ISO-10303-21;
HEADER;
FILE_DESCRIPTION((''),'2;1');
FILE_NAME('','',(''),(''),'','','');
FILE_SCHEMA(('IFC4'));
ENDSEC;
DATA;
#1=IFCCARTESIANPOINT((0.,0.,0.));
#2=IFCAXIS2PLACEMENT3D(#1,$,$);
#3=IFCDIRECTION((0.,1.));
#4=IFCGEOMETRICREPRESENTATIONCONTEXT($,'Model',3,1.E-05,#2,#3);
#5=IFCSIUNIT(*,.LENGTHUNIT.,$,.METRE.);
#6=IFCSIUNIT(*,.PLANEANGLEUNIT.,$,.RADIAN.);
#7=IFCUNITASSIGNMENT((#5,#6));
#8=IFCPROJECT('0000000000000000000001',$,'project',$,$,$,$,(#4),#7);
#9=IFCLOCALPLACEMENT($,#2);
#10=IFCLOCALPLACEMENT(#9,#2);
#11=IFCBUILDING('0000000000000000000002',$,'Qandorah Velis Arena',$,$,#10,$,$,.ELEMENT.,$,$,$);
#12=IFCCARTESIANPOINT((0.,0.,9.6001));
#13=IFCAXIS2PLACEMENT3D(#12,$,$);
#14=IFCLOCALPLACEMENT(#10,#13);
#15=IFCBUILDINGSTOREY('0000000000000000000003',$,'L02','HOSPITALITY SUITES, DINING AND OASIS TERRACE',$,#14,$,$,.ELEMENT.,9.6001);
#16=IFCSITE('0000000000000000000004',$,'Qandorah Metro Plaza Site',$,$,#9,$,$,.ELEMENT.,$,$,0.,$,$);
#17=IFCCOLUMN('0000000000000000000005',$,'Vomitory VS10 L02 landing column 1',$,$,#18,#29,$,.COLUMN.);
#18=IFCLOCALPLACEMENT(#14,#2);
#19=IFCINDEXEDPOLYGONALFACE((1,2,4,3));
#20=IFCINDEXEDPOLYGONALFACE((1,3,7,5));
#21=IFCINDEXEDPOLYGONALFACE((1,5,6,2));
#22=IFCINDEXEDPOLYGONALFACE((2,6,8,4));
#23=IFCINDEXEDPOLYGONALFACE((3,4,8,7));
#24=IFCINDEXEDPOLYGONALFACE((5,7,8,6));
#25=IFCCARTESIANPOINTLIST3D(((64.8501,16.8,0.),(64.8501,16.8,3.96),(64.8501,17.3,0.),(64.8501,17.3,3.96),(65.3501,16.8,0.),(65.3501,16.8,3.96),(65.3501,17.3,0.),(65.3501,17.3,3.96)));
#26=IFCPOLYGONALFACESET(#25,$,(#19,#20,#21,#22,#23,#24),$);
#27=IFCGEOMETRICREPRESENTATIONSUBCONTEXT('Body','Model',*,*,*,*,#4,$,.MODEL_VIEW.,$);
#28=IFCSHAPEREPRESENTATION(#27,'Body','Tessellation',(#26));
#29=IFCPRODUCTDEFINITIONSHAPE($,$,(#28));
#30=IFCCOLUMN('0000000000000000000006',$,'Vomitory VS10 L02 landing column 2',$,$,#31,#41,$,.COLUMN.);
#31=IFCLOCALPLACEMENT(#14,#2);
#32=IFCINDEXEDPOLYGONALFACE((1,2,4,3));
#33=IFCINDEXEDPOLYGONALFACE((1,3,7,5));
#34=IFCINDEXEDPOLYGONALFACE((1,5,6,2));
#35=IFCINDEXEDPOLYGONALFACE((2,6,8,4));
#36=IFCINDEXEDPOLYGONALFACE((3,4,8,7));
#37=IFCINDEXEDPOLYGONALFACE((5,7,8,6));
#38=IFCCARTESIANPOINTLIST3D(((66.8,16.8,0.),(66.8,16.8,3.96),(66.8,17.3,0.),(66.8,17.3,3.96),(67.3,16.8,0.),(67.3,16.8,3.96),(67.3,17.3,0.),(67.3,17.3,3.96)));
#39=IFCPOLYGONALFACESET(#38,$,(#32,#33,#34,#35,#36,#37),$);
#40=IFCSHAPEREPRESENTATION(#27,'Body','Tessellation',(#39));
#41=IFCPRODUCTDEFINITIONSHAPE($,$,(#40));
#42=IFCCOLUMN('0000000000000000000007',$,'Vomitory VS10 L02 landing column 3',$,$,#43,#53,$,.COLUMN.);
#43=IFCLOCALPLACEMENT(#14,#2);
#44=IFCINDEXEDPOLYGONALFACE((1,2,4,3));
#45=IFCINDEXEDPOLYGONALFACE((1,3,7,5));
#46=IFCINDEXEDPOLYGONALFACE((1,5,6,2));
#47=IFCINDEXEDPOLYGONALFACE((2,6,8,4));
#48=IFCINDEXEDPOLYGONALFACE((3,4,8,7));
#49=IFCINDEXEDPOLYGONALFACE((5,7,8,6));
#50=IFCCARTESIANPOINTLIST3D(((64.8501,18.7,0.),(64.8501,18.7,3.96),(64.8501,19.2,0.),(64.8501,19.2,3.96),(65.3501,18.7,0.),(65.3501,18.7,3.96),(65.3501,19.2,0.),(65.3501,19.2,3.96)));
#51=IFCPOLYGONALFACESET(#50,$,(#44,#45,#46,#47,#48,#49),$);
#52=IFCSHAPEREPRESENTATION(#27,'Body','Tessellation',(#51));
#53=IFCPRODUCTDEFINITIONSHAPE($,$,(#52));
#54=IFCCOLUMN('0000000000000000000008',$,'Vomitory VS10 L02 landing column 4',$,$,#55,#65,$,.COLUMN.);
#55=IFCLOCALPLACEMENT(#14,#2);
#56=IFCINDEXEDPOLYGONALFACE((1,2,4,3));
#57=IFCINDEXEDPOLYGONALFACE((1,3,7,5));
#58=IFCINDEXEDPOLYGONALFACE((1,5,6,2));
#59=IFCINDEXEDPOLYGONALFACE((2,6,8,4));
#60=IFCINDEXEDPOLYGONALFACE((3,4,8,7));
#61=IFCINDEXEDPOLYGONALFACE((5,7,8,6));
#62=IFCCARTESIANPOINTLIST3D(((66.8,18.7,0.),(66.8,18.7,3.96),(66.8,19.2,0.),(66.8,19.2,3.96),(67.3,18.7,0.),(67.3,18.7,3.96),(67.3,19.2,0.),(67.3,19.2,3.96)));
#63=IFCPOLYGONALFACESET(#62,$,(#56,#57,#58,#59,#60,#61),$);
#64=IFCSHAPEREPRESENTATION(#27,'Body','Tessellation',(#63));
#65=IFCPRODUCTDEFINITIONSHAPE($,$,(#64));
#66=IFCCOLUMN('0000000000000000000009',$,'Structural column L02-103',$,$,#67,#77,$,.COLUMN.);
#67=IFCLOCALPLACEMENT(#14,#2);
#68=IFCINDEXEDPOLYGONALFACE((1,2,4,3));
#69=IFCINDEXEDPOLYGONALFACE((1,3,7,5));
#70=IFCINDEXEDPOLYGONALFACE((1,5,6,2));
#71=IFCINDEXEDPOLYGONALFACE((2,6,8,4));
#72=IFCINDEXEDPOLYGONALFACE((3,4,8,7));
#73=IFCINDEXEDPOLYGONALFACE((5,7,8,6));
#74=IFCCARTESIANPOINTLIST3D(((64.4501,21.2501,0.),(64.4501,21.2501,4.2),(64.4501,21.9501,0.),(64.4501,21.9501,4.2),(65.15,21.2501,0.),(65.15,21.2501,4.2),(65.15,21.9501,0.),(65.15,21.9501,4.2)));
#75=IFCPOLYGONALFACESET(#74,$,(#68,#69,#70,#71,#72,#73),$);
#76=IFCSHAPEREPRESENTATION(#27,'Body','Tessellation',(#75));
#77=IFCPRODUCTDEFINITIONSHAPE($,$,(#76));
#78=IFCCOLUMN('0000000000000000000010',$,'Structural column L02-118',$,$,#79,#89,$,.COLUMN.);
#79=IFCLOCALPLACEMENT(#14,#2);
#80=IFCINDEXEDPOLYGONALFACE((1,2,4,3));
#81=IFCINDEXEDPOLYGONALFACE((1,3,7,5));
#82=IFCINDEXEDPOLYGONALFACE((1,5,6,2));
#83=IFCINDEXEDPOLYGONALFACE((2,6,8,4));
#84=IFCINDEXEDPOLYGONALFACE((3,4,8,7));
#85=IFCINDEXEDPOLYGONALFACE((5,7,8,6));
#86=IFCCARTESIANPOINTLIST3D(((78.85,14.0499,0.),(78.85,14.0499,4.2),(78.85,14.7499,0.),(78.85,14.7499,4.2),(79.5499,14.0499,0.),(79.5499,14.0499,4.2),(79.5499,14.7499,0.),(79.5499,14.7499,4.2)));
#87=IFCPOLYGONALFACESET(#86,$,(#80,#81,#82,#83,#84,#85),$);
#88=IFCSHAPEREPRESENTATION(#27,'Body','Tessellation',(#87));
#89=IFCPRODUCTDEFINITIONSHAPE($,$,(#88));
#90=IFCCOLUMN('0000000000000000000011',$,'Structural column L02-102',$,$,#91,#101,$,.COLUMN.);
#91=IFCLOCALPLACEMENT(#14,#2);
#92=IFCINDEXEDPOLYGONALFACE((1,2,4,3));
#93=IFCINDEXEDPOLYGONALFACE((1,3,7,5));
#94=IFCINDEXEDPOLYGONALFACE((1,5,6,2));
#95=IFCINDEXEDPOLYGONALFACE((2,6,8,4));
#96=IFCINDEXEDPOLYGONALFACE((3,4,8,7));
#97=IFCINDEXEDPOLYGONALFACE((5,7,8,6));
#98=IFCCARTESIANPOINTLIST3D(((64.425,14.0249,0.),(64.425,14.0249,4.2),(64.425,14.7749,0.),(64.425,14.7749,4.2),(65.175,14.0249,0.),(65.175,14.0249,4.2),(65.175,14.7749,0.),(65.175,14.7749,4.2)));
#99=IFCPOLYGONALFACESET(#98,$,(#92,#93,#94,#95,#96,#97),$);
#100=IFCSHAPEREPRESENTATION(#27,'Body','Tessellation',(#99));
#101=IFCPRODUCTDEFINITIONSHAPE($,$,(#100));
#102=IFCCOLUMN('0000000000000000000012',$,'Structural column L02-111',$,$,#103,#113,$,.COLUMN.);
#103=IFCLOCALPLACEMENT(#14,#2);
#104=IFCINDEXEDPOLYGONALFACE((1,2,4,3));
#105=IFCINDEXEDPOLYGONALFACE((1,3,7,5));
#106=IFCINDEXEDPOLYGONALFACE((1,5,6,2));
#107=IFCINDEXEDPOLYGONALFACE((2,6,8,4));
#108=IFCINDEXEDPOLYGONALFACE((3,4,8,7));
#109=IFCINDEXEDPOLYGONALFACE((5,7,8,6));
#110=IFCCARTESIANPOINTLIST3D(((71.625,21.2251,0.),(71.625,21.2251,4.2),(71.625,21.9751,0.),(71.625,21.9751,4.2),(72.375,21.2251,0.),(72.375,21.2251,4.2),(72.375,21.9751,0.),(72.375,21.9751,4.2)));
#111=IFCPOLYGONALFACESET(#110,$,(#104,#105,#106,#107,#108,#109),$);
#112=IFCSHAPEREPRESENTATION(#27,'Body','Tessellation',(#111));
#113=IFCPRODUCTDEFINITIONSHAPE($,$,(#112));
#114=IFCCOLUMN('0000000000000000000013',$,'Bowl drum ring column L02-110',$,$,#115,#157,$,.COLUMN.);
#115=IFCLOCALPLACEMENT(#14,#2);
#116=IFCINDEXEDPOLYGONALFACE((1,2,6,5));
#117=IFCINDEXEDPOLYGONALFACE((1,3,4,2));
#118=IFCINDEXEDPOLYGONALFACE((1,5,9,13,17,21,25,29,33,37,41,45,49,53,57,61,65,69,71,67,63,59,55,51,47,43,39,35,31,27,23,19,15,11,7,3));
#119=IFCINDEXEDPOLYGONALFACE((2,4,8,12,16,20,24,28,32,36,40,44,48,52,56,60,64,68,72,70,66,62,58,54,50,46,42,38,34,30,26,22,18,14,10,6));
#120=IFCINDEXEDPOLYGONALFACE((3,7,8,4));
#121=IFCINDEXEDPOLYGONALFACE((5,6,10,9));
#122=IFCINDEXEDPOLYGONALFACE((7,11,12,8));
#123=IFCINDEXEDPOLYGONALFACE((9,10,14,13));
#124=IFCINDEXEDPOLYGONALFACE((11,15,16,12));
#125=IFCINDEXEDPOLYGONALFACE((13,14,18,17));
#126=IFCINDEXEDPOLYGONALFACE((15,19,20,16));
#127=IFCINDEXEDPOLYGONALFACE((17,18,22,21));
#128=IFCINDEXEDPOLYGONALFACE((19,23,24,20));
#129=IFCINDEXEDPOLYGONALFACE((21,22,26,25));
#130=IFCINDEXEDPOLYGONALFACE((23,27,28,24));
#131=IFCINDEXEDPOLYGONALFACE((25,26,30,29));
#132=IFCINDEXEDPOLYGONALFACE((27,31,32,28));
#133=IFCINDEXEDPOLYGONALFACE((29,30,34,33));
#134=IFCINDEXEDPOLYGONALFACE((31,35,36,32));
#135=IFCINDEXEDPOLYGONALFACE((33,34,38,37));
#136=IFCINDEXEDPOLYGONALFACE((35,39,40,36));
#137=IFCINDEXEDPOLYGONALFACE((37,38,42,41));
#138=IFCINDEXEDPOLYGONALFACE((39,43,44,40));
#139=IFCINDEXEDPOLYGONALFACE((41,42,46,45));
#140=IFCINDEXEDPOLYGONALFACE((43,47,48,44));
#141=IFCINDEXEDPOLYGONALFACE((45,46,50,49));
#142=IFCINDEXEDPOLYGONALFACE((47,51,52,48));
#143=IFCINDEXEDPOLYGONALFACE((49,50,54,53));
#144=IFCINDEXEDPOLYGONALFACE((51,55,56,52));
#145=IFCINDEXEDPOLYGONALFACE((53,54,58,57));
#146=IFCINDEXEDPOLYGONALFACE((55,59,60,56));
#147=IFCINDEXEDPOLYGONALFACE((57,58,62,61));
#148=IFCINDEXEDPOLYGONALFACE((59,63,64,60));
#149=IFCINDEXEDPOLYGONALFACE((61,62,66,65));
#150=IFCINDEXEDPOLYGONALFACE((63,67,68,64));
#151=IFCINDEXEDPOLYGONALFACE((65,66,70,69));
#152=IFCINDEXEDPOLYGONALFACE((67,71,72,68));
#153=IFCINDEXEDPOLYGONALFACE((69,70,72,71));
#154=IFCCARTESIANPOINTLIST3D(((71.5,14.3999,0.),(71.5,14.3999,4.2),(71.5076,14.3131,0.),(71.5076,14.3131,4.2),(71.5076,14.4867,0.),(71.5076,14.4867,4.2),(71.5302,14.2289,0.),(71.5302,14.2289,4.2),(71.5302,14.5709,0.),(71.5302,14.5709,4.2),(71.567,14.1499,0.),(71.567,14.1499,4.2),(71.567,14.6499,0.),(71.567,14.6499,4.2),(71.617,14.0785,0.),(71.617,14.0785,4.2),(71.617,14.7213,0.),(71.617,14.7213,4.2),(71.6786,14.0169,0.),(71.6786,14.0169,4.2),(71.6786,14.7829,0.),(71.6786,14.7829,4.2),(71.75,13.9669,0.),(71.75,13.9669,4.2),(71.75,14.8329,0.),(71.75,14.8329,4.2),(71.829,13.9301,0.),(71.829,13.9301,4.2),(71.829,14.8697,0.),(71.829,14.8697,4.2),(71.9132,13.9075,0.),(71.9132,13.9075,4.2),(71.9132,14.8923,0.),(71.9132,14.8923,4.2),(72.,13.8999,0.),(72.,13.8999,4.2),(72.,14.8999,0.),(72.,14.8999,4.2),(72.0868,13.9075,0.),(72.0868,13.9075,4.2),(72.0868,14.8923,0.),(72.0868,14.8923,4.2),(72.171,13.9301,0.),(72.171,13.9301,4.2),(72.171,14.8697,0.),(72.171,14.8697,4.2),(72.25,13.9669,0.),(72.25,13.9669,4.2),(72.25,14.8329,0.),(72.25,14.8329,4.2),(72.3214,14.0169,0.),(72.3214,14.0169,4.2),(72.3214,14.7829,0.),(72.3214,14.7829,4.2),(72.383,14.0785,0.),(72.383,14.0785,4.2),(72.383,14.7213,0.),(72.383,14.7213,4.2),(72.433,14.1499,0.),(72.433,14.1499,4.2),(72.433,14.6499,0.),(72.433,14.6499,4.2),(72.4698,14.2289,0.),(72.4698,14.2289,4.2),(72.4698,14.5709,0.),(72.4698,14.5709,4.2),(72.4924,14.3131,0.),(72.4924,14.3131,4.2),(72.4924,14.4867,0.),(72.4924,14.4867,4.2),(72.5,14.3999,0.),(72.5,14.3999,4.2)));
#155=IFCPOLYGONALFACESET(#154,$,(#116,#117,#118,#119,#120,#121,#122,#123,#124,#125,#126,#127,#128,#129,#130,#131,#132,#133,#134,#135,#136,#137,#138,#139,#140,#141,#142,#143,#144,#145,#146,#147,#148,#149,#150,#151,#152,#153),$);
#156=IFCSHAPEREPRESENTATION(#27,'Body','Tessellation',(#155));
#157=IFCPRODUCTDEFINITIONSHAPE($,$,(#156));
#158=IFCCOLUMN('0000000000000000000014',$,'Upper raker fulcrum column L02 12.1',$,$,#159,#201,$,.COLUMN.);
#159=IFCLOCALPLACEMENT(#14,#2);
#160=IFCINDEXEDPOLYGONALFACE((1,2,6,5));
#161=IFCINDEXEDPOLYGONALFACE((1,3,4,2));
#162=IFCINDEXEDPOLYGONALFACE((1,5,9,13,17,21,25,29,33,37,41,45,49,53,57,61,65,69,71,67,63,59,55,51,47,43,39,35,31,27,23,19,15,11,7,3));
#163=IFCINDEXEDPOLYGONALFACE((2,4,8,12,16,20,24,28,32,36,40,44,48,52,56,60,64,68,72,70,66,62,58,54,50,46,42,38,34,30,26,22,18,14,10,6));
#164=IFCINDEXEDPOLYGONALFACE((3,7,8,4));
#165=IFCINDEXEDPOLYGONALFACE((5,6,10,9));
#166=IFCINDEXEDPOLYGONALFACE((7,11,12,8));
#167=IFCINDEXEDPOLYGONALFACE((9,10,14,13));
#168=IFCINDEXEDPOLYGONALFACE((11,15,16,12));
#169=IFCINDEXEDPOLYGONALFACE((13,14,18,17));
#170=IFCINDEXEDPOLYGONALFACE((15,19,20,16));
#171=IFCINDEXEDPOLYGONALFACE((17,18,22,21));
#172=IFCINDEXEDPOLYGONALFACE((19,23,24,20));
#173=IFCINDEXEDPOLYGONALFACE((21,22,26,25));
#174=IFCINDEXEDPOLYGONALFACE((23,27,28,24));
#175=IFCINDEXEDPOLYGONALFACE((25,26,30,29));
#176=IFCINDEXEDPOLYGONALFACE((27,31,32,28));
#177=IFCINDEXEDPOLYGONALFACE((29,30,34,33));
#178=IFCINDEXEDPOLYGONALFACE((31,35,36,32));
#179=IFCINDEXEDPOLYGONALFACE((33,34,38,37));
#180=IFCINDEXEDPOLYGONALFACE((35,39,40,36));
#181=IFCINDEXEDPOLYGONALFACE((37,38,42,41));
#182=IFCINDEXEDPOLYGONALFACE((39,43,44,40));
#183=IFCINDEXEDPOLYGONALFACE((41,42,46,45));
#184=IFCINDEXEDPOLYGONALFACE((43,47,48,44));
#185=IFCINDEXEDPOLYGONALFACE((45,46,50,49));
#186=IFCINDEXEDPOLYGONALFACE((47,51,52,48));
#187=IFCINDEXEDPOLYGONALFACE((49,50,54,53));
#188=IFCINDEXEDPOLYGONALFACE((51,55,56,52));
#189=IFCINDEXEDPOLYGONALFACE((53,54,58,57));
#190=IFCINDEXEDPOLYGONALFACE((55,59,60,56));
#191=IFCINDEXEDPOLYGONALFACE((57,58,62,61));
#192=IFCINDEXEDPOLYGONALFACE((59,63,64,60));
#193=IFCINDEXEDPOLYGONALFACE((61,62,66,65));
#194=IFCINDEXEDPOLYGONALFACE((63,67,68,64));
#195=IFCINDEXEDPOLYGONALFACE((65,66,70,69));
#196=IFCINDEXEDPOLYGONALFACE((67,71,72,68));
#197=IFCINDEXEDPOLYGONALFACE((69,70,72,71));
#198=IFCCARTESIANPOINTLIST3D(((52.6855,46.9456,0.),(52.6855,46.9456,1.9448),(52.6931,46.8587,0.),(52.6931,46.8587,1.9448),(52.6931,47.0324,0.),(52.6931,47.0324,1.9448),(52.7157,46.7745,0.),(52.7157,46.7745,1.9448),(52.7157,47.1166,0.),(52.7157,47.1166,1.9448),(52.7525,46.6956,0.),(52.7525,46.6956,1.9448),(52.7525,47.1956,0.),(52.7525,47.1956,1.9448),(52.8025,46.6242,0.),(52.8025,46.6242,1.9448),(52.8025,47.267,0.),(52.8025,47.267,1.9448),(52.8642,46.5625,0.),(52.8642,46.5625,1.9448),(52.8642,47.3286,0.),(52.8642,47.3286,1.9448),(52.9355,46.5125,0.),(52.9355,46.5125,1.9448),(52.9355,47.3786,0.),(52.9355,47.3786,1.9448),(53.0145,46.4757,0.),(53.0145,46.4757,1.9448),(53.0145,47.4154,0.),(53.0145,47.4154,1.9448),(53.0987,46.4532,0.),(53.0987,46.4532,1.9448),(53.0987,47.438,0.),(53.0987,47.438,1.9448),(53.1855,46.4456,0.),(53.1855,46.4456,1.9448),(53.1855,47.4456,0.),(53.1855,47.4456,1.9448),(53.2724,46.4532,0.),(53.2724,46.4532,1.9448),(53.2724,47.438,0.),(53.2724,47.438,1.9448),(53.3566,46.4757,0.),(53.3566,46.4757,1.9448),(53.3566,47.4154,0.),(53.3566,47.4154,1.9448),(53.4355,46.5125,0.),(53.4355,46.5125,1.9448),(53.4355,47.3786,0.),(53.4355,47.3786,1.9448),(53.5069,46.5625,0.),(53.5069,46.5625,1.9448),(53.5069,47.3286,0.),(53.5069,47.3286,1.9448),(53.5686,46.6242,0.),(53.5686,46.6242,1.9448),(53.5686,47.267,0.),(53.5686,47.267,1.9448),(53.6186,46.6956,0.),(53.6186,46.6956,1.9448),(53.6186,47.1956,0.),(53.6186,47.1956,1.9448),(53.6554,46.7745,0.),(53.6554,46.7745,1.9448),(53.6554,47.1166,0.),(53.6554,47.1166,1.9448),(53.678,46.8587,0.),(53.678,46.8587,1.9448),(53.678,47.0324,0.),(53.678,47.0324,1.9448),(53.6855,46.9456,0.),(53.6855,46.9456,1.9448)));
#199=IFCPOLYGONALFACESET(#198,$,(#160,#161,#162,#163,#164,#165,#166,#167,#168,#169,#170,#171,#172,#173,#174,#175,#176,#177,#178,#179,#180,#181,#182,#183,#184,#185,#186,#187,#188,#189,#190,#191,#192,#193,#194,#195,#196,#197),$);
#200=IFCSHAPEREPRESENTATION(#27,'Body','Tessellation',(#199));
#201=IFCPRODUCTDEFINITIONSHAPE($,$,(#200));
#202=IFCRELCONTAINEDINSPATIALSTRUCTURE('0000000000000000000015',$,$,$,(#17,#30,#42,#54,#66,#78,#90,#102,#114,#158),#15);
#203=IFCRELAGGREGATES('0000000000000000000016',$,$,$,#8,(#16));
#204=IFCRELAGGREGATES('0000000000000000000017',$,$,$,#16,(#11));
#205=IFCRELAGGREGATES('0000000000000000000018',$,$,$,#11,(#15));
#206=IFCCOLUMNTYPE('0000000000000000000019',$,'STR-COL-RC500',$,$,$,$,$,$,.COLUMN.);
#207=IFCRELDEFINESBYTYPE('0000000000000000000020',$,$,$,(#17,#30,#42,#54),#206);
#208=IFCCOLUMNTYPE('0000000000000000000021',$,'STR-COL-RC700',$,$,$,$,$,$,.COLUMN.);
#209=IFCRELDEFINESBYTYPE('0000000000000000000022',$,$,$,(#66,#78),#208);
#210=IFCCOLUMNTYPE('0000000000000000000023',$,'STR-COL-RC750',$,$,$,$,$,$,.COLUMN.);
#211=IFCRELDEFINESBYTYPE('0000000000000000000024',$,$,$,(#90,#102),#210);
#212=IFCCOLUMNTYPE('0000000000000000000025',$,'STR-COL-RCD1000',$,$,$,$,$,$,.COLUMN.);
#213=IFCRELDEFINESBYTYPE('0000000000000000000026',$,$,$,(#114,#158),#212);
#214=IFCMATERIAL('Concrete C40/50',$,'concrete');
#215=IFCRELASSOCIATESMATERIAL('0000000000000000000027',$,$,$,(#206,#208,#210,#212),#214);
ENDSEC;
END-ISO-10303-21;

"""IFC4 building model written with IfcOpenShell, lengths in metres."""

from ifc_helpers import new_model, si_unit, direction, frame, origin, origin_2d, place, context, subcontext, project, spatial, rectangle, circle, extrude, material, material_profile, profile_set, type_object, element, save


model = new_model("IFC4")

# Units and contexts
model_context = context("Model", 3, precision=1e-05, world=origin(), true_north=direction((0.0, 1.0)))
body_context = subcontext(model_context, "Body", "Model", "MODEL_VIEW")
ifc_project = project(units=[si_unit("LENGTHUNIT", "METRE"), si_unit("PLANEANGLEUNIT", "RADIAN")], contexts=[model_context])

# Site, building, storey
site_placement = place(None, origin())
site = spatial("IfcSite", under=ifc_project, at=site_placement, Name="Qandorah Metro Plaza Site", CompositionType="ELEMENT", RefElevation=0.0)
building_placement = place(site_placement, origin())
building = spatial("IfcBuilding", under=site, at=building_placement, Name="Qandorah Velis Arena", CompositionType="ELEMENT")
storey_placement = place(building_placement, frame((0.0, 0.0, 9.6001)))
storey = spatial("IfcBuildingStorey", under=building, at=storey_placement, Name="L02", Description="HOSPITALITY SUITES, DINING AND OASIS TERRACE", CompositionType="ELEMENT", Elevation=9.6001)

# Columns
ifc_material_1 = material(Name="Concrete C40/50", Category="concrete")
ifc_material_profile_1 = material_profile(ifc_material_1, rectangle(XDim=0.5, YDim=0.5, at=origin_2d()), Name="RC COL 500x500")
ifc_profile_set_1 = profile_set([ifc_material_profile_1], Name="Concrete C40/50")
column_type_1 = type_object("IfcColumnType", Name="STR-COL-RC500", PredefinedType="COLUMN", material=ifc_profile_set_1)
for number, where, z_axis, x_axis, name in (
    (1, (65.1001, 17.05, 0.0), (0.0, 0.0, 1.0), (1.0, 0.0, 0.0), "Vomitory VS10 L02 landing column 1"),
    (2, (67.05, 17.05, 0.0), (0.0, 0.0, 1.0), (1.0, 0.0, 0.0), "Vomitory VS10 L02 landing column 2"),
    (3, (65.1001, 18.95, 0.0), (0.0, 0.0, 1.0), (1.0, 0.0, 0.0), "Vomitory VS10 L02 landing column 3"),
    (4, (67.05, 18.95, 0.0), (0.0, 0.0, 1.0), (1.0, 0.0, 0.0), "Vomitory VS10 L02 landing column 4"),
):
    element("IfcColumn", number, at=place(storey_placement, frame(where, z_axis=z_axis, x_axis=x_axis)), inside=storey, type_object=column_type_1, Name=name, PredefinedType="COLUMN", context=body_context, shape_type="SweptSolid", body=[
        extrude(rectangle(XDim=0.5, YDim=0.5, at=origin_2d()), origin(), (0.0, 0.0, 1.0), 3.96),
    ])
ifc_material_profile_2 = material_profile(ifc_material_1, rectangle(XDim=0.7, YDim=0.7, at=origin_2d()), Name="RC COL 700x700")
ifc_profile_set_2 = profile_set([ifc_material_profile_2], Name="Concrete C40/50")
column_type_2 = type_object("IfcColumnType", Name="STR-COL-RC700", PredefinedType="COLUMN", material=ifc_profile_set_2)
for number, where, z_axis, x_axis, name in (
    (5, (64.8, 21.6001, 0.0), (0.0, 0.0, 1.0), (1.0, 0.0, 0.0), "Structural column L02-103"),
    (6, (79.2, 14.3999, 0.0), (0.0, 0.0, 1.0), (1.0, 0.0, 0.0), "Structural column L02-118"),
):
    element("IfcColumn", number, at=place(storey_placement, frame(where, z_axis=z_axis, x_axis=x_axis)), inside=storey, type_object=column_type_2, Name=name, PredefinedType="COLUMN", context=body_context, shape_type="SweptSolid", body=[
        extrude(rectangle(XDim=0.7, YDim=0.7, at=origin_2d()), origin(), (0.0, 0.0, 1.0), 4.2),
    ])
ifc_material_profile_3 = material_profile(ifc_material_1, rectangle(XDim=0.75, YDim=0.75, at=origin_2d()), Name="RC COL 750x750")
ifc_profile_set_3 = profile_set([ifc_material_profile_3], Name="Concrete C40/50")
column_type_3 = type_object("IfcColumnType", Name="STR-COL-RC750", PredefinedType="COLUMN", material=ifc_profile_set_3)
for number, where, z_axis, x_axis, name in (
    (7, (64.8, 14.3999, 0.0), (0.0, 0.0, 1.0), (1.0, 0.0, 0.0), "Structural column L02-102"),
    (8, (72.0, 21.6001, 0.0), (0.0, 0.0, 1.0), (1.0, 0.0, 0.0), "Structural column L02-111"),
):
    element("IfcColumn", number, at=place(storey_placement, frame(where, z_axis=z_axis, x_axis=x_axis)), inside=storey, type_object=column_type_3, Name=name, PredefinedType="COLUMN", context=body_context, shape_type="SweptSolid", body=[
        extrude(rectangle(XDim=0.75, YDim=0.75, at=origin_2d()), origin(), (0.0, 0.0, 1.0), 4.2),
    ])
ifc_material_profile_4 = material_profile(ifc_material_1, circle(Radius=0.5, at=origin_2d()), Name="RC D1000")
ifc_profile_set_4 = profile_set([ifc_material_profile_4], Name="Concrete C40/50")
column_type_4 = type_object("IfcColumnType", Name="STR-COL-RCD1000", PredefinedType="COLUMN", material=ifc_profile_set_4)
column_1_placement = place(storey_placement, frame((72.0, 14.3999, 0.0), z_axis=(0.0, 0.0, 1.0), x_axis=(1.0, 0.0, 0.0)))
element("IfcColumn", 9, at=column_1_placement, inside=storey, type_object=column_type_4, Name="Bowl drum ring column L02-110", PredefinedType="COLUMN", context=body_context, shape_type="SweptSolid", body=[
    extrude(circle(Radius=0.5, at=origin_2d()), origin(), (0.0, 0.0, 1.0), 4.2),
])
column_2_placement = place(storey_placement, frame((53.1855, 46.9456, 0.0), z_axis=(0.0, 0.0, 1.0), x_axis=(1.0, 0.0, 0.0)))
element("IfcColumn", 10, at=column_2_placement, inside=storey, type_object=column_type_4, Name="Upper raker fulcrum column L02 12.1", PredefinedType="COLUMN", context=body_context, shape_type="SweptSolid", body=[
    extrude(circle(Radius=0.5, at=origin_2d()), origin(), (0.0, 0.0, 1.0), 1.9448),
])

save(model, "model.ifc")
